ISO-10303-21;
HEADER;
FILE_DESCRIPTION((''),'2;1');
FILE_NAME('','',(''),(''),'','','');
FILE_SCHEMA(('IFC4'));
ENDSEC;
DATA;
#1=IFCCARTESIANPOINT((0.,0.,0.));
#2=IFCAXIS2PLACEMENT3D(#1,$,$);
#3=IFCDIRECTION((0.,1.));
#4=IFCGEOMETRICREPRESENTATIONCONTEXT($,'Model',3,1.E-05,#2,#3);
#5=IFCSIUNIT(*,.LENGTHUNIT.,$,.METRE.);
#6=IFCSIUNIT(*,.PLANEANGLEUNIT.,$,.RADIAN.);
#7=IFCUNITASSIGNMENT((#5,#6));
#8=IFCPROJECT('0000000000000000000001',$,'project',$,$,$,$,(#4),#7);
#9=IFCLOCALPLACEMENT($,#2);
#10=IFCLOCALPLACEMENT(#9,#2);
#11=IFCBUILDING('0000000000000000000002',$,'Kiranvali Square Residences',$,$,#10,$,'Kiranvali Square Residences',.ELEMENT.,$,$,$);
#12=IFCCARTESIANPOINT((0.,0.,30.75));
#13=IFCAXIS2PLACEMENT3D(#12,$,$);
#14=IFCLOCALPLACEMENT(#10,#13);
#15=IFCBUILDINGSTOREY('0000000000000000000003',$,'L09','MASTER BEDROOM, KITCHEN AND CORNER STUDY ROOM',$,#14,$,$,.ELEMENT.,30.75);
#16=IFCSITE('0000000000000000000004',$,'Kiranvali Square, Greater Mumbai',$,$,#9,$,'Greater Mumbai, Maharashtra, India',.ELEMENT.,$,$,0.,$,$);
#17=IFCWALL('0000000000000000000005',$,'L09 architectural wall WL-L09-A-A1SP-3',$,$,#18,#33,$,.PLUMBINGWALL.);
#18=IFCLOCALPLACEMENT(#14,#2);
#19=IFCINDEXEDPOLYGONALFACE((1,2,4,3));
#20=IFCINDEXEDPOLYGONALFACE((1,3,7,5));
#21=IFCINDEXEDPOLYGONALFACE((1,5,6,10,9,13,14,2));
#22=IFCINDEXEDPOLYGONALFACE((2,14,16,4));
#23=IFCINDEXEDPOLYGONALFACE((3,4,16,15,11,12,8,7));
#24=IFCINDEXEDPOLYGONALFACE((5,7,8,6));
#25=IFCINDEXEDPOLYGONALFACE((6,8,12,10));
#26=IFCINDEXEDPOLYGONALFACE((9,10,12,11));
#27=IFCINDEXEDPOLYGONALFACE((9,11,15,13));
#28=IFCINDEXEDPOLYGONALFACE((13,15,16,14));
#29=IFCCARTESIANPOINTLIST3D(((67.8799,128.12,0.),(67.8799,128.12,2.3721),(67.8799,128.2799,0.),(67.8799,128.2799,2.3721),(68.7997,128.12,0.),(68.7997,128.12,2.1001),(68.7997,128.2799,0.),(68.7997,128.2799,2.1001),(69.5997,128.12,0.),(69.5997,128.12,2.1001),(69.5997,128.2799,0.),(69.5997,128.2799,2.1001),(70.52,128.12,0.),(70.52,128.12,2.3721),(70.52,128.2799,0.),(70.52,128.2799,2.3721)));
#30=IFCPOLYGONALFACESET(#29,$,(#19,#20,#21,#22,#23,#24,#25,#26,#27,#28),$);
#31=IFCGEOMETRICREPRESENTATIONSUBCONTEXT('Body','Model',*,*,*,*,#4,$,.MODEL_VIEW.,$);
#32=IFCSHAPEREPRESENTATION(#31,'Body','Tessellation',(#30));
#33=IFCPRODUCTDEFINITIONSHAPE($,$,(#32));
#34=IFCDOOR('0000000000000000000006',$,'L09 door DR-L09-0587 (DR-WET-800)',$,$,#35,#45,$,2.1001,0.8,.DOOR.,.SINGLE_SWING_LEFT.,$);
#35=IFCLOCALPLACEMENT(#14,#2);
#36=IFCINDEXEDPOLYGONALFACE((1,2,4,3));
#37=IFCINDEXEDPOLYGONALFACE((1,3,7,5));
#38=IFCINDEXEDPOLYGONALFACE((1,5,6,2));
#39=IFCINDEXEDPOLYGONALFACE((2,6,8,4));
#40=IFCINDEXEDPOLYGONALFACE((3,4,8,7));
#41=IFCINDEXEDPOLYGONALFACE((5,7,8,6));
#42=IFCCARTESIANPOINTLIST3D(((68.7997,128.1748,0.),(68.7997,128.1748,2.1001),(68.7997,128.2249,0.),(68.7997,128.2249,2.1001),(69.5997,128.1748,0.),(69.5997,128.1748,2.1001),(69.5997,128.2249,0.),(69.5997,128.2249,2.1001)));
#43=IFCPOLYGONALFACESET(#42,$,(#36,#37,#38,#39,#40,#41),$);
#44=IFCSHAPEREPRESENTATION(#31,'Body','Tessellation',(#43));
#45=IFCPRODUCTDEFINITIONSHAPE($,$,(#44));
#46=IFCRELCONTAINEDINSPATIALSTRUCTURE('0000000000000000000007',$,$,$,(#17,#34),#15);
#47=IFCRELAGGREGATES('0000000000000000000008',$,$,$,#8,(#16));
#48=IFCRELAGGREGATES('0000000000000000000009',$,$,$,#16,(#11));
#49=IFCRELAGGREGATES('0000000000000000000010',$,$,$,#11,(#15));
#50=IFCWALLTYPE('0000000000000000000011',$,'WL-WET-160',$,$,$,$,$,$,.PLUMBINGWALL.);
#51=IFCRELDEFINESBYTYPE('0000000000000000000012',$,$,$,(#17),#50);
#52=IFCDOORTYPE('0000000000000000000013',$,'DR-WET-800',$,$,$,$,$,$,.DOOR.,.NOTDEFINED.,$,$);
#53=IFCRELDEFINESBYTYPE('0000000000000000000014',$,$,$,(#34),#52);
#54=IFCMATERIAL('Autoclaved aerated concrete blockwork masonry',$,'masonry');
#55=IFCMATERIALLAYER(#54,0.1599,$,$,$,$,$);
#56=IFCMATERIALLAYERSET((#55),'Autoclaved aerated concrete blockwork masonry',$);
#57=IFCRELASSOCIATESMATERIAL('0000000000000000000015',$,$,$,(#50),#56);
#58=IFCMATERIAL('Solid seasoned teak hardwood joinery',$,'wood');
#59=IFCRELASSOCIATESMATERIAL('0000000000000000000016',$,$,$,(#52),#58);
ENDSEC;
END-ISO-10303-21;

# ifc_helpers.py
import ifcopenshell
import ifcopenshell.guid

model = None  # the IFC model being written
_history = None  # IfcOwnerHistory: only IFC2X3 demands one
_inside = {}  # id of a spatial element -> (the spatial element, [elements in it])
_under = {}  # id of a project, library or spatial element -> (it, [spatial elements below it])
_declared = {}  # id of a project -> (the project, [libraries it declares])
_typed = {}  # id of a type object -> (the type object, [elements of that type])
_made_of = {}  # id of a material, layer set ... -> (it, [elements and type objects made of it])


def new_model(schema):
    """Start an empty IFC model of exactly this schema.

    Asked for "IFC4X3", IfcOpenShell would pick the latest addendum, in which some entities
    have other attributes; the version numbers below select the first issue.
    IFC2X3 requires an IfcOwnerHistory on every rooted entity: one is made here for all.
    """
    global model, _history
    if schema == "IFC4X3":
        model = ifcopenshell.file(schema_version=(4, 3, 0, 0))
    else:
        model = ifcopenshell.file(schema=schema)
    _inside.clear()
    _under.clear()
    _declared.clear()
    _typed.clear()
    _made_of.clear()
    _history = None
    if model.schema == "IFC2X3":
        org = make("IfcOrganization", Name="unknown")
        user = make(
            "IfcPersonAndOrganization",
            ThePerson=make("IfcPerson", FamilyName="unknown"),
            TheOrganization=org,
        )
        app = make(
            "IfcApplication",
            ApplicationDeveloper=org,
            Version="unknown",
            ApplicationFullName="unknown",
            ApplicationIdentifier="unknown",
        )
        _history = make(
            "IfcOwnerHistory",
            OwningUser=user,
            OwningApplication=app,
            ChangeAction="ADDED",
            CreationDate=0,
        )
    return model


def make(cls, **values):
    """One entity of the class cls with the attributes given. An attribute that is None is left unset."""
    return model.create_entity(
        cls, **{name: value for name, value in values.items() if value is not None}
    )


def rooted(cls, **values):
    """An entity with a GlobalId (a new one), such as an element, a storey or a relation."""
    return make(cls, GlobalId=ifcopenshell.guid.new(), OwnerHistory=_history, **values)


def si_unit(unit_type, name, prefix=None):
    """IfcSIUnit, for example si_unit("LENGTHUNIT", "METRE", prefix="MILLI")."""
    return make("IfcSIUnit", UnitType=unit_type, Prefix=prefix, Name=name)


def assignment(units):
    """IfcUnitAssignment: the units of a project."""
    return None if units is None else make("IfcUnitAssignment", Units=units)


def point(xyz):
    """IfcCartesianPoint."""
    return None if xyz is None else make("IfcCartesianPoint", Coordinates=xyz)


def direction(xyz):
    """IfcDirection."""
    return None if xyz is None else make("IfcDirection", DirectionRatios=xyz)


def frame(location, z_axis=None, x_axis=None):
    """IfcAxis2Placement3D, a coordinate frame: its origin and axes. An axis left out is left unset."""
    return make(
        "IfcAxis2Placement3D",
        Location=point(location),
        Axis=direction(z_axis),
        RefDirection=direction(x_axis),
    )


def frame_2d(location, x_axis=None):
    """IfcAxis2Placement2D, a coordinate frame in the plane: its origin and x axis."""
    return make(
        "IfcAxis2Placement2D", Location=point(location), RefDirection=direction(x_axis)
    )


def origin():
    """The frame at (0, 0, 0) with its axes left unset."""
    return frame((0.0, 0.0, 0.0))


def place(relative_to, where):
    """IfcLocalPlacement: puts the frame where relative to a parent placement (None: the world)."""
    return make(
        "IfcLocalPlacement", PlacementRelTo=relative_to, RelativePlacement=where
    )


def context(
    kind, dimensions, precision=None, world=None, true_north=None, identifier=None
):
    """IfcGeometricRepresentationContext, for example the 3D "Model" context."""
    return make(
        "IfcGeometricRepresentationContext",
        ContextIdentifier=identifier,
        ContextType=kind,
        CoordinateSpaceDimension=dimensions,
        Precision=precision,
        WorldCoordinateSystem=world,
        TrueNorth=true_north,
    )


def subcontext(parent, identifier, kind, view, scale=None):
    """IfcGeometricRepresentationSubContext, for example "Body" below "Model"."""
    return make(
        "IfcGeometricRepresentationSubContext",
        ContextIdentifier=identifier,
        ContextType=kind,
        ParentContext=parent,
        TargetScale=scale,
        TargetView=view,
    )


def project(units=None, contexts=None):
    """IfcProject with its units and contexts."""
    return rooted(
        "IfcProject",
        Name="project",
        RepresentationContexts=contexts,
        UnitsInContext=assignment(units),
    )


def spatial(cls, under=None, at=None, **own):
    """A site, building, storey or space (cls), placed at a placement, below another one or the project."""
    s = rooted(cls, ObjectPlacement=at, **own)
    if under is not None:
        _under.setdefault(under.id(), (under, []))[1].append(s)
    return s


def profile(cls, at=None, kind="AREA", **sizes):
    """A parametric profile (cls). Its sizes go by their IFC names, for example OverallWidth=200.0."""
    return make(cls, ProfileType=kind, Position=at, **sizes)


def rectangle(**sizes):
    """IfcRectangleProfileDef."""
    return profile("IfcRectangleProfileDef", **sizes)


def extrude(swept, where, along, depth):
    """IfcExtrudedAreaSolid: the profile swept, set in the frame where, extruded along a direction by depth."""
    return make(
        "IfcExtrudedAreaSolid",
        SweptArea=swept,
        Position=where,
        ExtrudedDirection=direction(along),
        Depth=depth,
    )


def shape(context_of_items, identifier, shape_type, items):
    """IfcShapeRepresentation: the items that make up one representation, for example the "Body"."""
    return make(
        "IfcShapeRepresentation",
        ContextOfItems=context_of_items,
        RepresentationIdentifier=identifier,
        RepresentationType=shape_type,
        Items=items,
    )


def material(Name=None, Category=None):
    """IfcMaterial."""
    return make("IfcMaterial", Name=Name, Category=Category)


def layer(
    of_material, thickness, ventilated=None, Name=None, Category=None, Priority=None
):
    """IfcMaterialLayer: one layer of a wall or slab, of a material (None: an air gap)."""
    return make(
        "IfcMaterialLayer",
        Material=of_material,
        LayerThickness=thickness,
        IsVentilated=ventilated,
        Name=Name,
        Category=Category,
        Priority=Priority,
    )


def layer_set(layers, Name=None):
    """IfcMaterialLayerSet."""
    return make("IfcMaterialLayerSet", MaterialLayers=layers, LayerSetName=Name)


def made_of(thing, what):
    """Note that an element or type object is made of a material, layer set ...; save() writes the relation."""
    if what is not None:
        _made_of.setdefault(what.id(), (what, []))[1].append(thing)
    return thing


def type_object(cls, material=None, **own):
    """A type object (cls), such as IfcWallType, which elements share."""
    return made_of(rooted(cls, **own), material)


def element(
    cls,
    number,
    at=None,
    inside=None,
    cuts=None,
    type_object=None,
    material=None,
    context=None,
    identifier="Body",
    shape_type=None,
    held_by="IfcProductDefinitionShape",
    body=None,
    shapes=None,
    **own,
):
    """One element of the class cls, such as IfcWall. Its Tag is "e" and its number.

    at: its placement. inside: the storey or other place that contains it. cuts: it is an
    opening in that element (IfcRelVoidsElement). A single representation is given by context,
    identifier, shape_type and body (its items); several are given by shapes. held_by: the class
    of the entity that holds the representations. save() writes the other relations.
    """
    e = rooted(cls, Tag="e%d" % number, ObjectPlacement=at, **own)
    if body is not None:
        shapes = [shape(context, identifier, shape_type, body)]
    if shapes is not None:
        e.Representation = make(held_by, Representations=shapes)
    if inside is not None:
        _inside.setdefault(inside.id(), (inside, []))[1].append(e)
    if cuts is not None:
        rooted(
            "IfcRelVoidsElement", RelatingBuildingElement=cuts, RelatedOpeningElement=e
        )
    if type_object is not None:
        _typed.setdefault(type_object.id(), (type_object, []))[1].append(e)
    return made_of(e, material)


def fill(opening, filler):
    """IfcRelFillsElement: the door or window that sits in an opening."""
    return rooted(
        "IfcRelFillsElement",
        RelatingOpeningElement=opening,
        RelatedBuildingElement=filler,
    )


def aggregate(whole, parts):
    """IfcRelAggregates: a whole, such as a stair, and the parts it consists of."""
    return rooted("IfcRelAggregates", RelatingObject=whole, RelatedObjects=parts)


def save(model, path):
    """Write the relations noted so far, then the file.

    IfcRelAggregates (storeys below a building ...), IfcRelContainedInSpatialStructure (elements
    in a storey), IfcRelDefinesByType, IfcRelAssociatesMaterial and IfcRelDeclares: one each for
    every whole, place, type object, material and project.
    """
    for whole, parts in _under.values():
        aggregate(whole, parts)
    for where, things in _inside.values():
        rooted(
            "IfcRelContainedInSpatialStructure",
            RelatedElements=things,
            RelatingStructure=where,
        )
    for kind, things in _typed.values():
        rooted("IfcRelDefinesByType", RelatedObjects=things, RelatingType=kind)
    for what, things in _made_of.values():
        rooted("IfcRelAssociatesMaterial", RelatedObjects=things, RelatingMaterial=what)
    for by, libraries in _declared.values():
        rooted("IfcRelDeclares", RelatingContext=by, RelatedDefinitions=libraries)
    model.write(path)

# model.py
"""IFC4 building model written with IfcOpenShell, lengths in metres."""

from ifc_helpers import new_model, si_unit, direction, frame, frame_2d, origin, place, context, subcontext, project, spatial, rectangle, extrude, material, layer, layer_set, type_object, element, fill, save


model = new_model("IFC4")

# Units and contexts
model_context = context("Model", 3, precision=1e-05, world=origin(), true_north=direction((0.0, 1.0)))
body_context = subcontext(model_context, "Body", "Model", "MODEL_VIEW")
ifc_project = project(units=[si_unit("LENGTHUNIT", "METRE"), si_unit("PLANEANGLEUNIT", "RADIAN")], contexts=[model_context])

# Site, building, storey
site_placement = place(None, origin())
site = spatial("IfcSite", under=ifc_project, at=site_placement, Name="Kiranvali Square, Greater Mumbai", LongName="Greater Mumbai, Maharashtra, India", CompositionType="ELEMENT", RefElevation=0.0)
building_placement = place(site_placement, origin())
building = spatial("IfcBuilding", under=site, at=building_placement, Name="Kiranvali Square Residences", LongName="Kiranvali Square Residences", CompositionType="ELEMENT")
storey_placement = place(building_placement, frame((0.0, 0.0, 30.75)))
storey = spatial("IfcBuildingStorey", under=building, at=storey_placement, Name="L09", Description="MASTER BEDROOM, KITCHEN AND CORNER STUDY ROOM", CompositionType="ELEMENT", Elevation=30.75)

# Wall, opening, door
ifc_material_1 = material(Name="Autoclaved aerated concrete blockwork masonry", Category="masonry")
ifc_layer_1 = layer(ifc_material_1, 0.1599)
ifc_layer_set_1 = layer_set([ifc_layer_1], Name="Autoclaved aerated concrete blockwork masonry")
wall_type_1 = type_object("IfcWallType", Name="WL-WET-160", PredefinedType="PLUMBINGWALL", material=ifc_layer_set_1)
wall_1_placement = place(storey_placement, frame((67.8799, 128.2, 0.0), z_axis=(0.0, 0.0, 1.0), x_axis=(1.0, 0.0, 0.0)))
wall_1 = element("IfcWall", 1, at=wall_1_placement, inside=storey, type_object=wall_type_1, Name="L09 architectural wall WL-L09-A-A1SP-3", PredefinedType="PLUMBINGWALL", context=body_context, shape_type="SweptSolid", body=[
    extrude(rectangle(XDim=2.6401, YDim=0.1599, at=frame_2d((1.3201, 0.0))), origin(), (0.0, 0.0, 1.0), 2.3721),
])
opening_1_placement = place(wall_1_placement, frame((0.9199, 0.0, 0.0)))
opening_1 = element("IfcOpeningElement", 2, at=opening_1_placement, cuts=wall_1, PredefinedType="OPENING", context=body_context, shape_type="SweptSolid", body=[
    extrude(rectangle(XDim=0.8, YDim=2.1001, at=frame_2d((0.3999, 1.05))), frame((0.0, 0.0898, 0.0), z_axis=(0.0, -1.0, 0.0), x_axis=(1.0, 0.0, 0.0)), (0.0, 0.0, 1.0), 0.1799),
])
ifc_material_2 = material(Name="Solid seasoned teak hardwood joinery", Category="wood")
door_type = type_object("IfcDoorType", Name="DR-WET-800", OperationType="NOTDEFINED", PredefinedType="DOOR", material=ifc_material_2)
door_placement = place(opening_1_placement, origin())
door = element("IfcDoor", 3, at=door_placement, inside=storey, type_object=door_type, Name="L09 door DR-L09-0587 (DR-WET-800)", OperationType="SINGLE_SWING_LEFT", OverallHeight=2.1001, OverallWidth=0.8, PredefinedType="DOOR", context=body_context, shape_type="SweptSolid", body=[
    extrude(rectangle(XDim=0.8, YDim=2.1001, at=frame_2d((0.3999, 1.05))), frame((0.0, 0.0249, 0.0), z_axis=(0.0, -1.0, 0.0), x_axis=(1.0, 0.0, 0.0)), (0.0, 0.0, 1.0), 0.05),
])
fill(opening_1, door)

save(model, "model.ifc")
